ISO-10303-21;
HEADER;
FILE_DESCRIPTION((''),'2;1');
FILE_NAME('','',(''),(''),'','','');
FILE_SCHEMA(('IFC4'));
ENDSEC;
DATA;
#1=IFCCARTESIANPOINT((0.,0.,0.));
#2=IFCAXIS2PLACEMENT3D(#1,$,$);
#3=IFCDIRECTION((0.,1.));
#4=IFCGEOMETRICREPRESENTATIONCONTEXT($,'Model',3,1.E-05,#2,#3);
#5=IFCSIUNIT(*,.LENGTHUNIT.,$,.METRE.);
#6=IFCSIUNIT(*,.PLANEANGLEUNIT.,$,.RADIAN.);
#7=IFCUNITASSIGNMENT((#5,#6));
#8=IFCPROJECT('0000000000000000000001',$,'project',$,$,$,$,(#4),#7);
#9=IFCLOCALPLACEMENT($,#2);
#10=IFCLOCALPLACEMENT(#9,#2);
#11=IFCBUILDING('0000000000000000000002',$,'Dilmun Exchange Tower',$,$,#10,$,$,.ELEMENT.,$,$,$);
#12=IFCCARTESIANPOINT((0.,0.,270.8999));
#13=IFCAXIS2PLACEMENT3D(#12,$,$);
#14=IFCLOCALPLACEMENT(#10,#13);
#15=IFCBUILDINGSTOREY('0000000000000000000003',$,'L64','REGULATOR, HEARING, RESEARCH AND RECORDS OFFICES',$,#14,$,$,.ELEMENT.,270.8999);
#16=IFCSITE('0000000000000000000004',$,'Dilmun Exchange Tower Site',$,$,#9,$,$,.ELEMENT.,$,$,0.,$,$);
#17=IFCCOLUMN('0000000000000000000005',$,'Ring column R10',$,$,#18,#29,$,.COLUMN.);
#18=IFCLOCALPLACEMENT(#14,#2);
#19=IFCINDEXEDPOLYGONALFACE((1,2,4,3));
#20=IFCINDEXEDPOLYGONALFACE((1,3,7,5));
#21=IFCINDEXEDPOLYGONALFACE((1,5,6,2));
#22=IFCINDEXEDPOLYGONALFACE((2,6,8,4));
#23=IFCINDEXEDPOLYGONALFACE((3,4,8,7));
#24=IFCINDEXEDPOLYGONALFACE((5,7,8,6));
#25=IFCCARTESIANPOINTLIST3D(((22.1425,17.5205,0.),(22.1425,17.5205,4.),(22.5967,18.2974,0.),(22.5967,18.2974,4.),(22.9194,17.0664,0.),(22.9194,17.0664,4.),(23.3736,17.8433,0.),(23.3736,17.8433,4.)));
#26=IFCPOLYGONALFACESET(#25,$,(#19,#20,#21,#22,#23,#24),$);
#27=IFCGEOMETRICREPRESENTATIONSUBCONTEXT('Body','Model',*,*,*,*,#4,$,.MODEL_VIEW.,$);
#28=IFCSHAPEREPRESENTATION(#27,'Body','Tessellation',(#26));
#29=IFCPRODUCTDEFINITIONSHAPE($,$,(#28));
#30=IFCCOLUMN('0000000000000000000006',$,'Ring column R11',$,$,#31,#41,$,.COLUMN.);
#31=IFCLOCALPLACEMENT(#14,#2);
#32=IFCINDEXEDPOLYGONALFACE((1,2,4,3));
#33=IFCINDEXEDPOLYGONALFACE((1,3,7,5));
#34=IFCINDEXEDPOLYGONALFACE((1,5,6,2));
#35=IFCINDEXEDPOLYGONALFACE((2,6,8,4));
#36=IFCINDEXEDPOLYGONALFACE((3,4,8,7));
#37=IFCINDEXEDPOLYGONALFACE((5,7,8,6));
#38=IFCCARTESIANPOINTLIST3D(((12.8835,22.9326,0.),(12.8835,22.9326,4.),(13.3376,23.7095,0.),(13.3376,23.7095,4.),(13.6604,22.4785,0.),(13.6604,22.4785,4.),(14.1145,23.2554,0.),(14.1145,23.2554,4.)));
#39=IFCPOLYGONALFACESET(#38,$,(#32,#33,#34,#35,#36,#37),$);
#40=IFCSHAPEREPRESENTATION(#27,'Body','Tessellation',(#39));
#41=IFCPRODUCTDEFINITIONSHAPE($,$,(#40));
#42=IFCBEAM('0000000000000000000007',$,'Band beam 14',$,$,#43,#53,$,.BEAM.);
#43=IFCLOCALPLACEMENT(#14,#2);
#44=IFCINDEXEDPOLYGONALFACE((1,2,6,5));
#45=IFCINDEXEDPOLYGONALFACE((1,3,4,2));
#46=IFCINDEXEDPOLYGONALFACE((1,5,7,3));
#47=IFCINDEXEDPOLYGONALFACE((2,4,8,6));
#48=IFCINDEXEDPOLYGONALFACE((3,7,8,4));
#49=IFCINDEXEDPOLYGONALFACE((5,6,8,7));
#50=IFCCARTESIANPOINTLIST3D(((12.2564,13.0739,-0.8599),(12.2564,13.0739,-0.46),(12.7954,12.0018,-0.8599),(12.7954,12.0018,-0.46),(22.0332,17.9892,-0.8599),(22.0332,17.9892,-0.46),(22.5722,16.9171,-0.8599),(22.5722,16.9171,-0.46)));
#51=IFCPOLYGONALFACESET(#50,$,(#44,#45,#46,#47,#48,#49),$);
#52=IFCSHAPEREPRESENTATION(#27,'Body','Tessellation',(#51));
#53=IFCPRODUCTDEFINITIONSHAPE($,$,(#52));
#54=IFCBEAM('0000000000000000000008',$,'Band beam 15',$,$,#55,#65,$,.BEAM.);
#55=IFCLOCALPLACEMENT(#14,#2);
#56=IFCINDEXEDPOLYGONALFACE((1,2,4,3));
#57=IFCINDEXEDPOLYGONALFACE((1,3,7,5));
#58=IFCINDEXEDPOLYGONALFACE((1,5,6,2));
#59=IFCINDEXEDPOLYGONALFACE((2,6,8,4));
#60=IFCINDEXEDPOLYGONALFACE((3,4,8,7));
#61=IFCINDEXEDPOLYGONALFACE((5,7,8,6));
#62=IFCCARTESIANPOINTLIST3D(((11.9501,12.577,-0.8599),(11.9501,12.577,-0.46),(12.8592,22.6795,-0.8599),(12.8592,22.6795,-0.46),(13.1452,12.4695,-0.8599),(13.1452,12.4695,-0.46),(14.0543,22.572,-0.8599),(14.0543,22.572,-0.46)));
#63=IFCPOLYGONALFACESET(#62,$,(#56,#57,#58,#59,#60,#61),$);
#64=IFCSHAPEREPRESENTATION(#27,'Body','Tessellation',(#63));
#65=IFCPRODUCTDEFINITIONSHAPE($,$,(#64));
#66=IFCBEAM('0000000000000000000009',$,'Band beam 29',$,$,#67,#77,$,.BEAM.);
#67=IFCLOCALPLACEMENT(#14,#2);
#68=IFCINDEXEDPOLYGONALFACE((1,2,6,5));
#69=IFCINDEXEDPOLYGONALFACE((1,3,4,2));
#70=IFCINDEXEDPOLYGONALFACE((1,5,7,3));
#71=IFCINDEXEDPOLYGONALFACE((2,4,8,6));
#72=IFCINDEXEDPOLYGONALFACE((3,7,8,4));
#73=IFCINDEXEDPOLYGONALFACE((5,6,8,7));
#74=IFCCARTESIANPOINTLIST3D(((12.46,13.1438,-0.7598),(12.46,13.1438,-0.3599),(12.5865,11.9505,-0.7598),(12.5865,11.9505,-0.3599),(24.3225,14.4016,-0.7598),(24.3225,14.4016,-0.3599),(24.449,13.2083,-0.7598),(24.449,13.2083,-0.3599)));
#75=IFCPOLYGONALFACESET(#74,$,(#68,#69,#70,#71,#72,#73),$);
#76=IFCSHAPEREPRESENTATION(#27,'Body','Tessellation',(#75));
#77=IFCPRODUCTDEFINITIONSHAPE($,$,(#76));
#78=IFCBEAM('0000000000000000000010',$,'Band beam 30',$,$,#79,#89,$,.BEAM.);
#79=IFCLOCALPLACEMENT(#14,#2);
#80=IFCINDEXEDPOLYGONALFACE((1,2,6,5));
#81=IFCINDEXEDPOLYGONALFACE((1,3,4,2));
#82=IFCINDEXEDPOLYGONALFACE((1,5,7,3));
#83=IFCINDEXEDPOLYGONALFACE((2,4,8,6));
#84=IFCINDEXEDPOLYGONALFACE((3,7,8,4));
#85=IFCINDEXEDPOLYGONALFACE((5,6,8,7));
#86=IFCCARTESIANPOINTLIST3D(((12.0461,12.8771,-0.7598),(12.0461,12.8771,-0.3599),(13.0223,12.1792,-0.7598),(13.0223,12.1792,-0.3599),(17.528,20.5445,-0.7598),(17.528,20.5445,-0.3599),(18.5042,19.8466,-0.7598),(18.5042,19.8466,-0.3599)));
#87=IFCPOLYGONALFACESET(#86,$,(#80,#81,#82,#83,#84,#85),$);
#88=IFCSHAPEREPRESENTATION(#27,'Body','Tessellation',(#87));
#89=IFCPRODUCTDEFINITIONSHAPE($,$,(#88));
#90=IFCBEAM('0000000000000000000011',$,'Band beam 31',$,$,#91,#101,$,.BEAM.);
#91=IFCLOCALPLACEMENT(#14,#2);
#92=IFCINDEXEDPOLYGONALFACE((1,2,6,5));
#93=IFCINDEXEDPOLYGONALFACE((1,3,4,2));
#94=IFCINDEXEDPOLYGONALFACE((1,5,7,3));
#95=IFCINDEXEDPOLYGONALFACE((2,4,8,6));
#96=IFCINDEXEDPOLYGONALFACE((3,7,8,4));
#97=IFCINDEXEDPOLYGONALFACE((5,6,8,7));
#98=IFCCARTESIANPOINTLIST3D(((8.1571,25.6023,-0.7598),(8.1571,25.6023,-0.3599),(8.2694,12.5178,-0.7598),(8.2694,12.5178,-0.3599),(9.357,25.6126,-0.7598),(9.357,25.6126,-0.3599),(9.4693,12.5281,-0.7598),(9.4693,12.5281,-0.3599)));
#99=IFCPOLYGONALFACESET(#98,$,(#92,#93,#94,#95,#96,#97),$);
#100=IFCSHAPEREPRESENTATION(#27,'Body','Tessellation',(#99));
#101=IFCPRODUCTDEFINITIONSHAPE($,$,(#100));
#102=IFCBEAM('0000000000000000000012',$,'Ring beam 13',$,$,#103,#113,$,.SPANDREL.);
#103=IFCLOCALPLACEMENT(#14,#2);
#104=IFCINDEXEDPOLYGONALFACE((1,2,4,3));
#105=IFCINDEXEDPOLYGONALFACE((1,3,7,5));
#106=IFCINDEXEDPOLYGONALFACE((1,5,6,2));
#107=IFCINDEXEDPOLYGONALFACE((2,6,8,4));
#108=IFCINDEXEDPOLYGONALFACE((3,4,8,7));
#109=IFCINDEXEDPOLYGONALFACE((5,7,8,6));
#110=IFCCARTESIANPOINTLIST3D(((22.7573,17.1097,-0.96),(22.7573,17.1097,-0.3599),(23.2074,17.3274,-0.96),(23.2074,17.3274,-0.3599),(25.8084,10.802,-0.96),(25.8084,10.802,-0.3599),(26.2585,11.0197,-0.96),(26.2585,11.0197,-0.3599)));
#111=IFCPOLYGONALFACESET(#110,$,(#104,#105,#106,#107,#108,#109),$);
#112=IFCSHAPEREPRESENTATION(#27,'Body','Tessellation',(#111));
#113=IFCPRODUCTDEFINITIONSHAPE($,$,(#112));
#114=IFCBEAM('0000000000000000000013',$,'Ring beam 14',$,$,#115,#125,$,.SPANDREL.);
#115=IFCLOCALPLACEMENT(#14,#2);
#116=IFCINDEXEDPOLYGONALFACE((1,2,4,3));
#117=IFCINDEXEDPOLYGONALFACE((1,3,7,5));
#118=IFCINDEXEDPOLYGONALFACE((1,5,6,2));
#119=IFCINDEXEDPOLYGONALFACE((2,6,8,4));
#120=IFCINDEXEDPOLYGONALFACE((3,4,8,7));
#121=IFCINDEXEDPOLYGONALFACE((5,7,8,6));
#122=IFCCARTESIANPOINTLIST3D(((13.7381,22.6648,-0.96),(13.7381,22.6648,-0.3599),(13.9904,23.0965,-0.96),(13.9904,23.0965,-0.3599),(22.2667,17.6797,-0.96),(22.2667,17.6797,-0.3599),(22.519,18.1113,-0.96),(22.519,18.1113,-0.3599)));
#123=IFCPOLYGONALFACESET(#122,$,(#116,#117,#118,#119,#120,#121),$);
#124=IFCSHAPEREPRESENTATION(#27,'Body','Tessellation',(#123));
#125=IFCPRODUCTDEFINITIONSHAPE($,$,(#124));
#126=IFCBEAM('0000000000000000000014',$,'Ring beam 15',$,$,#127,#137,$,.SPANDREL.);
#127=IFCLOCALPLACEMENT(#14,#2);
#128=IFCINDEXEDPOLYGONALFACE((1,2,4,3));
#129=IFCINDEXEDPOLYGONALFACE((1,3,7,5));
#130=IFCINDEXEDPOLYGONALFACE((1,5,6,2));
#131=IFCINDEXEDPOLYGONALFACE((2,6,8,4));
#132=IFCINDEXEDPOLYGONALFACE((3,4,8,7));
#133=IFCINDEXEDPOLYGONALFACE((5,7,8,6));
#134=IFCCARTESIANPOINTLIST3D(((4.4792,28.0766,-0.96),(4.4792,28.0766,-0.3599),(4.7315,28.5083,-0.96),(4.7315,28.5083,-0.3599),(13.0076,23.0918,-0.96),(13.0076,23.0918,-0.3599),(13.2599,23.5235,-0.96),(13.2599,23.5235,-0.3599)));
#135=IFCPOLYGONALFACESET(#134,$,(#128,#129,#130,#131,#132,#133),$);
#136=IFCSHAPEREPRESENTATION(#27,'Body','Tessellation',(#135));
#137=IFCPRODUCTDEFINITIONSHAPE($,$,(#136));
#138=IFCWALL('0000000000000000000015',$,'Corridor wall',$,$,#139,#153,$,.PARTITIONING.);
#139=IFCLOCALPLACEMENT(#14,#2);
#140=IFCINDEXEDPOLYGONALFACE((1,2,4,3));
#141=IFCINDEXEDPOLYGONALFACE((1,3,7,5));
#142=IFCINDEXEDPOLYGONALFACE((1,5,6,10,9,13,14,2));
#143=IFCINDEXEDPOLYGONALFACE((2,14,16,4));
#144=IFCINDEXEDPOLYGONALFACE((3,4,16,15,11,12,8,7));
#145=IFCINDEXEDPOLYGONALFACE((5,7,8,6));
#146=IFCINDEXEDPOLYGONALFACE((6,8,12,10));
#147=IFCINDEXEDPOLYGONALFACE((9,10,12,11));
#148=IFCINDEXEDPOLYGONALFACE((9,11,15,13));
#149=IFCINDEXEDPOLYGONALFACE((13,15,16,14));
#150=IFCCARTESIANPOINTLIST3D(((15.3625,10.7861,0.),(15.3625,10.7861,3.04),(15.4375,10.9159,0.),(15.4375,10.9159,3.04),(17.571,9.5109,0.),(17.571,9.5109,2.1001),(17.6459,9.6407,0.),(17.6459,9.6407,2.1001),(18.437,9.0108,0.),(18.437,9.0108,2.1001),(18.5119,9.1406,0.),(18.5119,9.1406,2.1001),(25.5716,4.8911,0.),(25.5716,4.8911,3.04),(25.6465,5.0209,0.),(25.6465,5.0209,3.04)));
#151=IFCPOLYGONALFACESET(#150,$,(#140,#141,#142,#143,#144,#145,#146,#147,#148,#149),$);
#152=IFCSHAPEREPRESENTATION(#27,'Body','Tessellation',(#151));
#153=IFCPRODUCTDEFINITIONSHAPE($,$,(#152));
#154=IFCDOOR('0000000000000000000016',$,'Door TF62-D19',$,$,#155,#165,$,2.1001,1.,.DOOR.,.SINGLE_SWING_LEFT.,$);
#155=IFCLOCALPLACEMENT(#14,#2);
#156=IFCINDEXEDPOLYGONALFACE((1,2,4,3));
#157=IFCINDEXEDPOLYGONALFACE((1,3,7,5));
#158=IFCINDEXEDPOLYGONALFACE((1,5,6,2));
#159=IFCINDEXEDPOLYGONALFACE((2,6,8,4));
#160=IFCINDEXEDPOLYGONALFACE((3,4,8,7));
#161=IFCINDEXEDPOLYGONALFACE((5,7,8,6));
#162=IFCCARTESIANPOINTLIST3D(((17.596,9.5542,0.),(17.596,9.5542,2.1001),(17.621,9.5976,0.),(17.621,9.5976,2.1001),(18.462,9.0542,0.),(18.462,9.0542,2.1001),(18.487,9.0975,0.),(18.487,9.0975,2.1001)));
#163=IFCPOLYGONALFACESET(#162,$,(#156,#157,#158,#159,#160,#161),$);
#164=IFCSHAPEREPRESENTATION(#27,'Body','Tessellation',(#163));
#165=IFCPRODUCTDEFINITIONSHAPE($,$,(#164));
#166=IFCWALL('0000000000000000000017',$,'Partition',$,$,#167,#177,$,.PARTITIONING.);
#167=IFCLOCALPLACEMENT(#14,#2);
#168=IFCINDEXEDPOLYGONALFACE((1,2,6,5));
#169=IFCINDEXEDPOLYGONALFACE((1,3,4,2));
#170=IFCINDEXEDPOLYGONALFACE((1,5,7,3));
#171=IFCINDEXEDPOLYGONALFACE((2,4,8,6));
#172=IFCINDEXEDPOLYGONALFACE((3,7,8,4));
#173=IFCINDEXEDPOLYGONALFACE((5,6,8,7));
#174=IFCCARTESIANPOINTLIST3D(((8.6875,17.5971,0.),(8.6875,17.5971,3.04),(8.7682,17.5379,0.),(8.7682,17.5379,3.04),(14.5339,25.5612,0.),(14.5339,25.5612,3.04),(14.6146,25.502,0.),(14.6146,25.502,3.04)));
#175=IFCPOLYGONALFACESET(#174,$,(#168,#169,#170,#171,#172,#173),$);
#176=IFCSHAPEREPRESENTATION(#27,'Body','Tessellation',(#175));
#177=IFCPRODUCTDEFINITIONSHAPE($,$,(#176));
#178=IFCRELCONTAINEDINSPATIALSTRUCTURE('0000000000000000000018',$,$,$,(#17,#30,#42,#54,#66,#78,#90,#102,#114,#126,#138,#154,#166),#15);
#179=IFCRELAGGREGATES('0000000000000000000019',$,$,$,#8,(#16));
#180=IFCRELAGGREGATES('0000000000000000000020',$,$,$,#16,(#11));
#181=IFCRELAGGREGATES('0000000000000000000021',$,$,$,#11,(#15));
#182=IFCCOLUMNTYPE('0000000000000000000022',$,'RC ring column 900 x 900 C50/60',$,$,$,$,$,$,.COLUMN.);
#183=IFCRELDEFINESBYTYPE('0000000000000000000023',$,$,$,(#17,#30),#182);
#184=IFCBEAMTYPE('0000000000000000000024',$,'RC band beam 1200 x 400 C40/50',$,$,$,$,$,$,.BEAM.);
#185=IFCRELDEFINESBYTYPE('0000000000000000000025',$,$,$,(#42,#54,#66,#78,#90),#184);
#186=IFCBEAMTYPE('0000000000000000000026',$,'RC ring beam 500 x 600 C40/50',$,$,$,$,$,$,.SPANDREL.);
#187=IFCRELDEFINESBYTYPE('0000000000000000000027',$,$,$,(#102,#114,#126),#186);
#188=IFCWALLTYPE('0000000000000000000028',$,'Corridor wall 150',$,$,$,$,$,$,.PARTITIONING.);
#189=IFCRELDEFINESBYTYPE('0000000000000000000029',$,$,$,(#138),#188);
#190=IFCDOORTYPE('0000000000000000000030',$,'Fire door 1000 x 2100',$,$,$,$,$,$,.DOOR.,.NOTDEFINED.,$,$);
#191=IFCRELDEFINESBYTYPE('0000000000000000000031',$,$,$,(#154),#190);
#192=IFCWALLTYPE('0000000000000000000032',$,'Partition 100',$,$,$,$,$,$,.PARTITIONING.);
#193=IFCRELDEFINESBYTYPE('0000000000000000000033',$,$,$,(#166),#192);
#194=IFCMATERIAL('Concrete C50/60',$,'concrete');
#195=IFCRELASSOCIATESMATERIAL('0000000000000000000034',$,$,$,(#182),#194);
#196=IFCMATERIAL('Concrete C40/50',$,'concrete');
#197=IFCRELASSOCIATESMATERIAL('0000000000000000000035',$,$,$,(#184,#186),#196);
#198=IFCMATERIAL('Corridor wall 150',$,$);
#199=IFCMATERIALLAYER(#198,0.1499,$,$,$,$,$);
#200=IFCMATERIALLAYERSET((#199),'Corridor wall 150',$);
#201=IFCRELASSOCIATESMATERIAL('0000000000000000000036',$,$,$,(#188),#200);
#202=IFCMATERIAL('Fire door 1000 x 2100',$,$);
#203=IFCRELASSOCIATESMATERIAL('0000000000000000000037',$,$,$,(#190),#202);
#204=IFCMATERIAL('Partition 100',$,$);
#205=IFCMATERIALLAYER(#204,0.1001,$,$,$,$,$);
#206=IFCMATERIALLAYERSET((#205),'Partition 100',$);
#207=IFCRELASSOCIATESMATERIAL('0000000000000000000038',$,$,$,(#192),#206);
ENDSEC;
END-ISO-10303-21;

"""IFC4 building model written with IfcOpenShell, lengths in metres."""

from ifc_helpers import new_model, si_unit, direction, frame, frame_2d, origin, origin_2d, place, context, subcontext, project, spatial, rectangle, extrude, material, layer, layer_set, material_profile, profile_set, type_object, element, fill, save


model = new_model("IFC4")

# Units and contexts
model_context = context("Model", 3, precision=1e-05, world=origin(), true_north=direction((0.0, 1.0)))
body_context = subcontext(model_context, "Body", "Model", "MODEL_VIEW")
ifc_project = project(units=[si_unit("LENGTHUNIT", "METRE"), si_unit("PLANEANGLEUNIT", "RADIAN")], contexts=[model_context])

# Site, building, storey
site_placement = place(None, origin())
site = spatial("IfcSite", under=ifc_project, at=site_placement, Name="Dilmun Exchange Tower Site", CompositionType="ELEMENT", RefElevation=0.0)
building_placement = place(site_placement, origin())
building = spatial("IfcBuilding", under=site, at=building_placement, Name="Dilmun Exchange Tower", CompositionType="ELEMENT")
storey_placement = place(building_placement, frame((0.0, 0.0, 270.8999)))
storey = spatial("IfcBuildingStorey", under=building, at=storey_placement, Name="L64", Description="REGULATOR, HEARING, RESEARCH AND RECORDS OFFICES", CompositionType="ELEMENT", Elevation=270.8999)

# Columns
ifc_material_1 = material(Name="Concrete C50/60", Category="concrete")
ifc_material_profile_1 = material_profile(ifc_material_1, rectangle(XDim=0.8999, YDim=0.8999, at=origin_2d()), Name="900 x 900")
ifc_profile_set_1 = profile_set([ifc_material_profile_1], Name="Concrete C50/60")
column_type = type_object("IfcColumnType", Name="RC ring column 900 x 900 C50/60", PredefinedType="COLUMN", material=ifc_profile_set_1)
for number, where, z_axis, x_axis, name in (
    (1, (22.7581, 17.6819, 0.0), (0.0, 0.0, 1.0), (0.504644, 0.863328, 0.0), "Ring column R10"),
    (2, (13.499, 23.094, 0.0), (0.0, 0.0, 1.0), (0.504644, 0.863328, 0.0), "Ring column R11"),
):
    element("IfcColumn", number, at=place(storey_placement, frame(where, z_axis=z_axis, x_axis=x_axis)), inside=storey, type_object=column_type, Name=name, PredefinedType="COLUMN", context=body_context, shape_type="SweptSolid", body=[
        extrude(rectangle(XDim=0.8999, YDim=0.8999, at=origin_2d()), origin(), (0.0, 0.0, 1.0), 4.0),
    ])

# Beams
ifc_material_2 = material(Name="Concrete C40/50", Category="concrete")
ifc_material_profile_2 = material_profile(ifc_material_2, rectangle(XDim=1.2, YDim=0.3999, at=origin_2d()), Name="1200 x 400")
ifc_profile_set_2 = profile_set([ifc_material_profile_2], Name="Concrete C40/50")
beam_type_1 = type_object("IfcBeamType", Name="RC band beam 1200 x 400 C40/50", PredefinedType="BEAM", material=ifc_profile_set_2)
beam_1_placement = place(storey_placement, frame((22.3027, 17.4531, -0.6599), z_axis=(-0.893443, -0.449176, 0.0), x_axis=(0.449176, -0.893443, 0.0)))
element("IfcBeam", 3, at=beam_1_placement, inside=storey, type_object=beam_type_1, Name="Band beam 14", PredefinedType="BEAM", context=body_context, shape_type="SweptSolid", body=[
    extrude(rectangle(XDim=1.2, YDim=0.3999, at=origin_2d()), origin(), (0.0, 0.0, 1.0), 10.9429),
])
beam_2_placement = place(storey_placement, frame((13.4568, 22.6257, -0.6599), z_axis=(-0.089633, -0.995975, 0.0), x_axis=(0.995975, -0.089633, 0.0)))
element("IfcBeam", 4, at=beam_2_placement, inside=storey, type_object=beam_type_1, Name="Band beam 15", PredefinedType="BEAM", context=body_context, shape_type="SweptSolid", body=[
    extrude(rectangle(XDim=1.2, YDim=0.3999, at=origin_2d()), origin(), (0.0, 0.0, 1.0), 10.1433),
])
beam_3_placement = place(storey_placement, frame((24.3857, 13.8049, -0.5598), z_axis=(-0.994426, -0.105441, 0.0), x_axis=(0.105441, -0.994426, 0.0)))
element("IfcBeam", 5, at=beam_3_placement, inside=storey, type_object=beam_type_1, Name="Band beam 29", PredefinedType="BEAM", context=body_context, shape_type="SweptSolid", body=[
    extrude(rectangle(XDim=1.2, YDim=0.3999, at=origin_2d()), origin(), (0.0, 0.0, 1.0), 11.929),
])
beam_4_placement = place(storey_placement, frame((18.0161, 20.1956, -0.5598), z_axis=(-0.581601, -0.813474, 0.0), x_axis=(0.813474, -0.581601, 0.0)))
element("IfcBeam", 6, at=beam_4_placement, inside=storey, type_object=beam_type_1, Name="Band beam 30", PredefinedType="BEAM", context=body_context, shape_type="SweptSolid", body=[
    extrude(rectangle(XDim=1.2, YDim=0.3999, at=origin_2d()), origin(), (0.0, 0.0, 1.0), 9.4255),
])
beam_5_placement = place(storey_placement, frame((8.7571, 25.6074, -0.5598), z_axis=(0.008583, -0.999963, 0.0), x_axis=(0.999963, 0.008583, 0.0)))
element("IfcBeam", 7, at=beam_5_placement, inside=storey, type_object=beam_type_1, Name="Band beam 31", PredefinedType="BEAM", context=body_context, shape_type="SweptSolid", body=[
    extrude(rectangle(XDim=1.2, YDim=0.3999, at=origin_2d()), origin(), (0.0, 0.0, 1.0), 13.085),
])
ifc_material_profile_3 = material_profile(ifc_material_2, rectangle(XDim=0.5, YDim=0.6001, at=origin_2d()), Name="500 x 600")
ifc_profile_set_3 = profile_set([ifc_material_profile_3], Name="Concrete C40/50")
beam_type_2 = type_object("IfcBeamType", Name="RC ring beam 500 x 600 C40/50", PredefinedType="SPANDREL", material=ifc_profile_set_3)
beam_6_placement = place(storey_placement, frame((26.0334, 10.9109, -0.6599), z_axis=(-0.43544, 0.900218, 0.0), x_axis=(-0.900218, -0.43544, 0.0)))
element("IfcBeam", 8, at=beam_6_placement, inside=storey, type_object=beam_type_2, Name="Ring beam 13", PredefinedType="SPANDREL", context=body_context, shape_type="SweptSolid", body=[
    extrude(rectangle(XDim=0.5, YDim=0.6001, at=origin_2d()), origin(), (0.0, 0.0, 1.0), 7.0068),
])
beam_7_placement = place(storey_placement, frame((22.3928, 17.8955, -0.6599), z_axis=(-0.863333, 0.504635, 0.0), x_axis=(-0.504635, -0.863333, 0.0)))
element("IfcBeam", 9, at=beam_7_placement, inside=storey, type_object=beam_type_2, Name="Ring beam 14", PredefinedType="SPANDREL", context=body_context, shape_type="SweptSolid", body=[
    extrude(rectangle(XDim=0.5, YDim=0.6001, at=origin_2d()), origin(), (0.0, 0.0, 1.0), 9.8787),
])
beam_8_placement = place(storey_placement, frame((13.1338, 23.3076, -0.6599), z_axis=(-0.863344, 0.504616, 0.0), x_axis=(-0.504616, -0.863344, 0.0)))
element("IfcBeam", 10, at=beam_8_placement, inside=storey, type_object=beam_type_2, Name="Ring beam 15", PredefinedType="SPANDREL", context=body_context, shape_type="SweptSolid", body=[
    extrude(rectangle(XDim=0.5, YDim=0.6001, at=origin_2d()), origin(), (0.0, 0.0, 1.0), 9.8784),
])

# Wall, opening, door
ifc_material_3 = material(Name="Corridor wall 150")
ifc_layer_1 = layer(ifc_material_3, 0.1499)
ifc_layer_set_1 = layer_set([ifc_layer_1], Name="Corridor wall 150")
wall_type_1 = type_object("IfcWallType", Name="Corridor wall 150", PredefinedType="PARTITIONING", material=ifc_layer_set_1)
wall_1_placement = place(storey_placement, frame((15.3999, 10.8511, 0.0), z_axis=(0.0, 0.0, 1.0), x_axis=(0.865994, -0.500055, 0.0)))
wall_1 = element("IfcWall", 11, at=wall_1_placement, inside=storey, type_object=wall_type_1, Name="Corridor wall", PredefinedType="PARTITIONING", context=body_context, shape_type="SweptSolid", body=[
    extrude(rectangle(XDim=11.7888, YDim=0.1499, at=frame_2d((5.8945, 0.0))), origin(), (0.0, 0.0, 1.0), 3.04),
])
opening_1_placement = place(wall_1_placement, frame((2.5503, 0.0, 0.0)))
opening_1 = element("IfcOpeningElement", 12, at=opening_1_placement, cuts=wall_1, PredefinedType="OPENING", context=body_context, shape_type="SweptSolid", body=[
    extrude(rectangle(XDim=1.0, YDim=2.1001, at=frame_2d((0.5, 1.05))), frame((0.0, 0.085, 0.0), z_axis=(0.0, -1.0, 0.0), x_axis=(1.0, 0.0, 0.0)), (0.0, 0.0, 1.0), 0.1699),
])
ifc_material_4 = material(Name="Fire door 1000 x 2100")
door_type = type_object("IfcDoorType", Name="Fire door 1000 x 2100", OperationType="NOTDEFINED", PredefinedType="DOOR", material=ifc_material_4)
door_placement = place(opening_1_placement, frame((1.0, 0.0, 0.0), z_axis=(0.0, 0.0, 1.0), x_axis=(-1.0, 0.0, 0.0)))
door = element("IfcDoor", 13, at=door_placement, inside=storey, type_object=door_type, Name="Door TF62-D19", OperationType="SINGLE_SWING_LEFT", OverallHeight=2.1001, OverallWidth=1.0, PredefinedType="DOOR", context=body_context, shape_type="SweptSolid", body=[
    extrude(rectangle(XDim=1.0, YDim=2.1001, at=frame_2d((0.5, 1.05))), frame((0.0, 0.0249, 0.0), z_axis=(0.0, -1.0, 0.0), x_axis=(1.0, 0.0, 0.0)), (0.0, 0.0, 1.0), 0.05),
])
fill(opening_1, door)

# Wall
ifc_material_5 = material(Name="Partition 100")
ifc_layer_2 = layer(ifc_material_5, 0.1001)
ifc_layer_set_2 = layer_set([ifc_layer_2], Name="Partition 100")
wall_type_2 = type_object("IfcWallType", Name="Partition 100", PredefinedType="PARTITIONING", material=ifc_layer_set_2)
wall_2_placement = place(storey_placement, frame((8.7278, 17.5674, 0.0), z_axis=(0.0, 0.0, 1.0), x_axis=(0.591764, 0.806111, 0.0)))
element("IfcWall", 14, at=wall_2_placement, inside=storey, type_object=wall_type_2, Name="Partition", PredefinedType="PARTITIONING", context=body_context, shape_type="SweptSolid", body=[
    extrude(rectangle(XDim=9.8796, YDim=0.1001, at=frame_2d((4.9399, 0.0))), origin(), (0.0, 0.0, 1.0), 3.04),
])

save(model, "model.ifc")
